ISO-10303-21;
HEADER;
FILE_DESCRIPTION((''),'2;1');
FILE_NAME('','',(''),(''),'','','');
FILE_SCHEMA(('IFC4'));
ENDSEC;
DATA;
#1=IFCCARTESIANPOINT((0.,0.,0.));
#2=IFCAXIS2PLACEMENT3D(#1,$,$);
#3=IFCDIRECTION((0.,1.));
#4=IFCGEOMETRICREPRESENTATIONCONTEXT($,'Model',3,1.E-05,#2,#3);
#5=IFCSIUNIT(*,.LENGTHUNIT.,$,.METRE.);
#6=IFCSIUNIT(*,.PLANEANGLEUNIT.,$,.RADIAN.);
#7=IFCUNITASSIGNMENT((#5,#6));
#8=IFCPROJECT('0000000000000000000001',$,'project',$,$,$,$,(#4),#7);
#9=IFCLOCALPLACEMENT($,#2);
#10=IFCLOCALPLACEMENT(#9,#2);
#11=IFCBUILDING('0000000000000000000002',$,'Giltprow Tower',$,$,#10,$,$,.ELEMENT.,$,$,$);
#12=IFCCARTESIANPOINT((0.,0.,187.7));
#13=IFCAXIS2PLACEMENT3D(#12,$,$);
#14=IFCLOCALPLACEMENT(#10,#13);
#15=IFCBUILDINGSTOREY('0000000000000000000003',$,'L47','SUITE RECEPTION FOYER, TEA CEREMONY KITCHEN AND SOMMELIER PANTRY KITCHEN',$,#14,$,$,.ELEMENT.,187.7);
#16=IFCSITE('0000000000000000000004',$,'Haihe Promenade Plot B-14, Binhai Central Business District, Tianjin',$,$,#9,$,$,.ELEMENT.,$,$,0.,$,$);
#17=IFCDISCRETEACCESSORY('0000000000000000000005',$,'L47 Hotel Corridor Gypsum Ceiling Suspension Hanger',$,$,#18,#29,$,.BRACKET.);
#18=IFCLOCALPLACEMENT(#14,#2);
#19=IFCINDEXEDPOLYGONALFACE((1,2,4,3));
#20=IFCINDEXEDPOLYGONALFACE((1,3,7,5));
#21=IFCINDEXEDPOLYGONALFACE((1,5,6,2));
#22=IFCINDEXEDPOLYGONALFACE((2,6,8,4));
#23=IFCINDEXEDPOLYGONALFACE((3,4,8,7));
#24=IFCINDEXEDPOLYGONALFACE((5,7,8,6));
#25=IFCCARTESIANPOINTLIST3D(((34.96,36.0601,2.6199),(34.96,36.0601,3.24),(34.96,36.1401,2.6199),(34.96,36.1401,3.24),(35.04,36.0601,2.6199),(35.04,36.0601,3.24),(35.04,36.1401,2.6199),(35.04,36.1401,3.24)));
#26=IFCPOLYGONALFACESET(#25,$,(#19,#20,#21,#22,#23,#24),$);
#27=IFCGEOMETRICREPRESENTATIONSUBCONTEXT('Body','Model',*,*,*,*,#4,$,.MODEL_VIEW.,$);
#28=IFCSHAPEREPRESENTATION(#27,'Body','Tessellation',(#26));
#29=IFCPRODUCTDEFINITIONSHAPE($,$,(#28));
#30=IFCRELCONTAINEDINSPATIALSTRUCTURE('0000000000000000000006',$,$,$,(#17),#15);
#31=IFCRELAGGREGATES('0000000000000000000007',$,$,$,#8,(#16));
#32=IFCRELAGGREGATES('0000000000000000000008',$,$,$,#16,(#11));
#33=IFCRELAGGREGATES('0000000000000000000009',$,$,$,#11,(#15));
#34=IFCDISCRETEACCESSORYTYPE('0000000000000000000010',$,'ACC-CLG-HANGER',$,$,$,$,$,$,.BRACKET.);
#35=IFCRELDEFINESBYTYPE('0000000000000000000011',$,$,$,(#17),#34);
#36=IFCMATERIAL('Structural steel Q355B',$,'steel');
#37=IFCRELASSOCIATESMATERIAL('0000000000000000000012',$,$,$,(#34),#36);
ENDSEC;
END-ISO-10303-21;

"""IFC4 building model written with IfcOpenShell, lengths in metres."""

from ifc_helpers import new_model, si_unit, direction, frame, origin, origin_2d, place, context, subcontext, project, spatial, rectangle, extrude, source, transform, mapped, material, type_object, element, save


model = new_model("IFC4")

# Units and contexts
model_context = context("Model", 3, precision=1e-05, world=origin(), true_north=direction((0.0, 1.0)))
body_context = subcontext(model_context, "Body", "Model", "MODEL_VIEW")
ifc_project = project(units=[si_unit("LENGTHUNIT", "METRE"), si_unit("PLANEANGLEUNIT", "RADIAN")], contexts=[model_context])

# Site, building, storey
site_placement = place(None, origin())
site = spatial("IfcSite", under=ifc_project, at=site_placement, Name="Haihe Promenade Plot B-14, Binhai Central Business District, Tianjin", CompositionType="ELEMENT", RefElevation=0.0)
building_placement = place(site_placement, origin())
building = spatial("IfcBuilding", under=site, at=building_placement, Name="Giltprow Tower", CompositionType="ELEMENT")
storey_placement = place(building_placement, frame((0.0, 0.0, 187.7)))
storey = spatial("IfcBuildingStorey", under=building, at=storey_placement, Name="L47", Description="SUITE RECEPTION FOYER, TEA CEREMONY KITCHEN AND SOMMELIER PANTRY KITCHEN", CompositionType="ELEMENT", Elevation=187.7)

# Shared definitions
ifc_material_1 = material(Name="Structural steel Q355B", Category="steel")

# Discrete accessory
discrete_accessory_type = type_object("IfcDiscreteAccessoryType", Name="ACC-CLG-HANGER", PredefinedType="BRACKET", material=ifc_material_1)
shared_shape_1 = source(origin(), body_context, "Body", "SweptSolid", [
    extrude(rectangle(XDim=0.0801, YDim=0.0801, at=origin_2d()), origin(), (0.0, 0.0, 1.0), 0.6201),
])
discrete_accessory_placement = place(storey_placement, frame((35.0, 36.1001, 2.6199), z_axis=(0.0, 0.0, 1.0), x_axis=(1.0, 0.0, 0.0)))
element("IfcDiscreteAccessory", 1, at=discrete_accessory_placement, inside=storey, type_object=discrete_accessory_type, Name="L47 Hotel Corridor Gypsum Ceiling Suspension Hanger", PredefinedType="BRACKET", context=body_context, shape_type="MappedRepresentation", body=[
    mapped(shared_shape_1, transform((0.0, 0.0, 0.0), x_axis=(1.0, 0.0, 0.0), y_axis=(0.0, 1.0, 0.0), z_axis=(0.0, 0.0, 1.0), scale=1.0)),
])

save(model, "model.ifc")
